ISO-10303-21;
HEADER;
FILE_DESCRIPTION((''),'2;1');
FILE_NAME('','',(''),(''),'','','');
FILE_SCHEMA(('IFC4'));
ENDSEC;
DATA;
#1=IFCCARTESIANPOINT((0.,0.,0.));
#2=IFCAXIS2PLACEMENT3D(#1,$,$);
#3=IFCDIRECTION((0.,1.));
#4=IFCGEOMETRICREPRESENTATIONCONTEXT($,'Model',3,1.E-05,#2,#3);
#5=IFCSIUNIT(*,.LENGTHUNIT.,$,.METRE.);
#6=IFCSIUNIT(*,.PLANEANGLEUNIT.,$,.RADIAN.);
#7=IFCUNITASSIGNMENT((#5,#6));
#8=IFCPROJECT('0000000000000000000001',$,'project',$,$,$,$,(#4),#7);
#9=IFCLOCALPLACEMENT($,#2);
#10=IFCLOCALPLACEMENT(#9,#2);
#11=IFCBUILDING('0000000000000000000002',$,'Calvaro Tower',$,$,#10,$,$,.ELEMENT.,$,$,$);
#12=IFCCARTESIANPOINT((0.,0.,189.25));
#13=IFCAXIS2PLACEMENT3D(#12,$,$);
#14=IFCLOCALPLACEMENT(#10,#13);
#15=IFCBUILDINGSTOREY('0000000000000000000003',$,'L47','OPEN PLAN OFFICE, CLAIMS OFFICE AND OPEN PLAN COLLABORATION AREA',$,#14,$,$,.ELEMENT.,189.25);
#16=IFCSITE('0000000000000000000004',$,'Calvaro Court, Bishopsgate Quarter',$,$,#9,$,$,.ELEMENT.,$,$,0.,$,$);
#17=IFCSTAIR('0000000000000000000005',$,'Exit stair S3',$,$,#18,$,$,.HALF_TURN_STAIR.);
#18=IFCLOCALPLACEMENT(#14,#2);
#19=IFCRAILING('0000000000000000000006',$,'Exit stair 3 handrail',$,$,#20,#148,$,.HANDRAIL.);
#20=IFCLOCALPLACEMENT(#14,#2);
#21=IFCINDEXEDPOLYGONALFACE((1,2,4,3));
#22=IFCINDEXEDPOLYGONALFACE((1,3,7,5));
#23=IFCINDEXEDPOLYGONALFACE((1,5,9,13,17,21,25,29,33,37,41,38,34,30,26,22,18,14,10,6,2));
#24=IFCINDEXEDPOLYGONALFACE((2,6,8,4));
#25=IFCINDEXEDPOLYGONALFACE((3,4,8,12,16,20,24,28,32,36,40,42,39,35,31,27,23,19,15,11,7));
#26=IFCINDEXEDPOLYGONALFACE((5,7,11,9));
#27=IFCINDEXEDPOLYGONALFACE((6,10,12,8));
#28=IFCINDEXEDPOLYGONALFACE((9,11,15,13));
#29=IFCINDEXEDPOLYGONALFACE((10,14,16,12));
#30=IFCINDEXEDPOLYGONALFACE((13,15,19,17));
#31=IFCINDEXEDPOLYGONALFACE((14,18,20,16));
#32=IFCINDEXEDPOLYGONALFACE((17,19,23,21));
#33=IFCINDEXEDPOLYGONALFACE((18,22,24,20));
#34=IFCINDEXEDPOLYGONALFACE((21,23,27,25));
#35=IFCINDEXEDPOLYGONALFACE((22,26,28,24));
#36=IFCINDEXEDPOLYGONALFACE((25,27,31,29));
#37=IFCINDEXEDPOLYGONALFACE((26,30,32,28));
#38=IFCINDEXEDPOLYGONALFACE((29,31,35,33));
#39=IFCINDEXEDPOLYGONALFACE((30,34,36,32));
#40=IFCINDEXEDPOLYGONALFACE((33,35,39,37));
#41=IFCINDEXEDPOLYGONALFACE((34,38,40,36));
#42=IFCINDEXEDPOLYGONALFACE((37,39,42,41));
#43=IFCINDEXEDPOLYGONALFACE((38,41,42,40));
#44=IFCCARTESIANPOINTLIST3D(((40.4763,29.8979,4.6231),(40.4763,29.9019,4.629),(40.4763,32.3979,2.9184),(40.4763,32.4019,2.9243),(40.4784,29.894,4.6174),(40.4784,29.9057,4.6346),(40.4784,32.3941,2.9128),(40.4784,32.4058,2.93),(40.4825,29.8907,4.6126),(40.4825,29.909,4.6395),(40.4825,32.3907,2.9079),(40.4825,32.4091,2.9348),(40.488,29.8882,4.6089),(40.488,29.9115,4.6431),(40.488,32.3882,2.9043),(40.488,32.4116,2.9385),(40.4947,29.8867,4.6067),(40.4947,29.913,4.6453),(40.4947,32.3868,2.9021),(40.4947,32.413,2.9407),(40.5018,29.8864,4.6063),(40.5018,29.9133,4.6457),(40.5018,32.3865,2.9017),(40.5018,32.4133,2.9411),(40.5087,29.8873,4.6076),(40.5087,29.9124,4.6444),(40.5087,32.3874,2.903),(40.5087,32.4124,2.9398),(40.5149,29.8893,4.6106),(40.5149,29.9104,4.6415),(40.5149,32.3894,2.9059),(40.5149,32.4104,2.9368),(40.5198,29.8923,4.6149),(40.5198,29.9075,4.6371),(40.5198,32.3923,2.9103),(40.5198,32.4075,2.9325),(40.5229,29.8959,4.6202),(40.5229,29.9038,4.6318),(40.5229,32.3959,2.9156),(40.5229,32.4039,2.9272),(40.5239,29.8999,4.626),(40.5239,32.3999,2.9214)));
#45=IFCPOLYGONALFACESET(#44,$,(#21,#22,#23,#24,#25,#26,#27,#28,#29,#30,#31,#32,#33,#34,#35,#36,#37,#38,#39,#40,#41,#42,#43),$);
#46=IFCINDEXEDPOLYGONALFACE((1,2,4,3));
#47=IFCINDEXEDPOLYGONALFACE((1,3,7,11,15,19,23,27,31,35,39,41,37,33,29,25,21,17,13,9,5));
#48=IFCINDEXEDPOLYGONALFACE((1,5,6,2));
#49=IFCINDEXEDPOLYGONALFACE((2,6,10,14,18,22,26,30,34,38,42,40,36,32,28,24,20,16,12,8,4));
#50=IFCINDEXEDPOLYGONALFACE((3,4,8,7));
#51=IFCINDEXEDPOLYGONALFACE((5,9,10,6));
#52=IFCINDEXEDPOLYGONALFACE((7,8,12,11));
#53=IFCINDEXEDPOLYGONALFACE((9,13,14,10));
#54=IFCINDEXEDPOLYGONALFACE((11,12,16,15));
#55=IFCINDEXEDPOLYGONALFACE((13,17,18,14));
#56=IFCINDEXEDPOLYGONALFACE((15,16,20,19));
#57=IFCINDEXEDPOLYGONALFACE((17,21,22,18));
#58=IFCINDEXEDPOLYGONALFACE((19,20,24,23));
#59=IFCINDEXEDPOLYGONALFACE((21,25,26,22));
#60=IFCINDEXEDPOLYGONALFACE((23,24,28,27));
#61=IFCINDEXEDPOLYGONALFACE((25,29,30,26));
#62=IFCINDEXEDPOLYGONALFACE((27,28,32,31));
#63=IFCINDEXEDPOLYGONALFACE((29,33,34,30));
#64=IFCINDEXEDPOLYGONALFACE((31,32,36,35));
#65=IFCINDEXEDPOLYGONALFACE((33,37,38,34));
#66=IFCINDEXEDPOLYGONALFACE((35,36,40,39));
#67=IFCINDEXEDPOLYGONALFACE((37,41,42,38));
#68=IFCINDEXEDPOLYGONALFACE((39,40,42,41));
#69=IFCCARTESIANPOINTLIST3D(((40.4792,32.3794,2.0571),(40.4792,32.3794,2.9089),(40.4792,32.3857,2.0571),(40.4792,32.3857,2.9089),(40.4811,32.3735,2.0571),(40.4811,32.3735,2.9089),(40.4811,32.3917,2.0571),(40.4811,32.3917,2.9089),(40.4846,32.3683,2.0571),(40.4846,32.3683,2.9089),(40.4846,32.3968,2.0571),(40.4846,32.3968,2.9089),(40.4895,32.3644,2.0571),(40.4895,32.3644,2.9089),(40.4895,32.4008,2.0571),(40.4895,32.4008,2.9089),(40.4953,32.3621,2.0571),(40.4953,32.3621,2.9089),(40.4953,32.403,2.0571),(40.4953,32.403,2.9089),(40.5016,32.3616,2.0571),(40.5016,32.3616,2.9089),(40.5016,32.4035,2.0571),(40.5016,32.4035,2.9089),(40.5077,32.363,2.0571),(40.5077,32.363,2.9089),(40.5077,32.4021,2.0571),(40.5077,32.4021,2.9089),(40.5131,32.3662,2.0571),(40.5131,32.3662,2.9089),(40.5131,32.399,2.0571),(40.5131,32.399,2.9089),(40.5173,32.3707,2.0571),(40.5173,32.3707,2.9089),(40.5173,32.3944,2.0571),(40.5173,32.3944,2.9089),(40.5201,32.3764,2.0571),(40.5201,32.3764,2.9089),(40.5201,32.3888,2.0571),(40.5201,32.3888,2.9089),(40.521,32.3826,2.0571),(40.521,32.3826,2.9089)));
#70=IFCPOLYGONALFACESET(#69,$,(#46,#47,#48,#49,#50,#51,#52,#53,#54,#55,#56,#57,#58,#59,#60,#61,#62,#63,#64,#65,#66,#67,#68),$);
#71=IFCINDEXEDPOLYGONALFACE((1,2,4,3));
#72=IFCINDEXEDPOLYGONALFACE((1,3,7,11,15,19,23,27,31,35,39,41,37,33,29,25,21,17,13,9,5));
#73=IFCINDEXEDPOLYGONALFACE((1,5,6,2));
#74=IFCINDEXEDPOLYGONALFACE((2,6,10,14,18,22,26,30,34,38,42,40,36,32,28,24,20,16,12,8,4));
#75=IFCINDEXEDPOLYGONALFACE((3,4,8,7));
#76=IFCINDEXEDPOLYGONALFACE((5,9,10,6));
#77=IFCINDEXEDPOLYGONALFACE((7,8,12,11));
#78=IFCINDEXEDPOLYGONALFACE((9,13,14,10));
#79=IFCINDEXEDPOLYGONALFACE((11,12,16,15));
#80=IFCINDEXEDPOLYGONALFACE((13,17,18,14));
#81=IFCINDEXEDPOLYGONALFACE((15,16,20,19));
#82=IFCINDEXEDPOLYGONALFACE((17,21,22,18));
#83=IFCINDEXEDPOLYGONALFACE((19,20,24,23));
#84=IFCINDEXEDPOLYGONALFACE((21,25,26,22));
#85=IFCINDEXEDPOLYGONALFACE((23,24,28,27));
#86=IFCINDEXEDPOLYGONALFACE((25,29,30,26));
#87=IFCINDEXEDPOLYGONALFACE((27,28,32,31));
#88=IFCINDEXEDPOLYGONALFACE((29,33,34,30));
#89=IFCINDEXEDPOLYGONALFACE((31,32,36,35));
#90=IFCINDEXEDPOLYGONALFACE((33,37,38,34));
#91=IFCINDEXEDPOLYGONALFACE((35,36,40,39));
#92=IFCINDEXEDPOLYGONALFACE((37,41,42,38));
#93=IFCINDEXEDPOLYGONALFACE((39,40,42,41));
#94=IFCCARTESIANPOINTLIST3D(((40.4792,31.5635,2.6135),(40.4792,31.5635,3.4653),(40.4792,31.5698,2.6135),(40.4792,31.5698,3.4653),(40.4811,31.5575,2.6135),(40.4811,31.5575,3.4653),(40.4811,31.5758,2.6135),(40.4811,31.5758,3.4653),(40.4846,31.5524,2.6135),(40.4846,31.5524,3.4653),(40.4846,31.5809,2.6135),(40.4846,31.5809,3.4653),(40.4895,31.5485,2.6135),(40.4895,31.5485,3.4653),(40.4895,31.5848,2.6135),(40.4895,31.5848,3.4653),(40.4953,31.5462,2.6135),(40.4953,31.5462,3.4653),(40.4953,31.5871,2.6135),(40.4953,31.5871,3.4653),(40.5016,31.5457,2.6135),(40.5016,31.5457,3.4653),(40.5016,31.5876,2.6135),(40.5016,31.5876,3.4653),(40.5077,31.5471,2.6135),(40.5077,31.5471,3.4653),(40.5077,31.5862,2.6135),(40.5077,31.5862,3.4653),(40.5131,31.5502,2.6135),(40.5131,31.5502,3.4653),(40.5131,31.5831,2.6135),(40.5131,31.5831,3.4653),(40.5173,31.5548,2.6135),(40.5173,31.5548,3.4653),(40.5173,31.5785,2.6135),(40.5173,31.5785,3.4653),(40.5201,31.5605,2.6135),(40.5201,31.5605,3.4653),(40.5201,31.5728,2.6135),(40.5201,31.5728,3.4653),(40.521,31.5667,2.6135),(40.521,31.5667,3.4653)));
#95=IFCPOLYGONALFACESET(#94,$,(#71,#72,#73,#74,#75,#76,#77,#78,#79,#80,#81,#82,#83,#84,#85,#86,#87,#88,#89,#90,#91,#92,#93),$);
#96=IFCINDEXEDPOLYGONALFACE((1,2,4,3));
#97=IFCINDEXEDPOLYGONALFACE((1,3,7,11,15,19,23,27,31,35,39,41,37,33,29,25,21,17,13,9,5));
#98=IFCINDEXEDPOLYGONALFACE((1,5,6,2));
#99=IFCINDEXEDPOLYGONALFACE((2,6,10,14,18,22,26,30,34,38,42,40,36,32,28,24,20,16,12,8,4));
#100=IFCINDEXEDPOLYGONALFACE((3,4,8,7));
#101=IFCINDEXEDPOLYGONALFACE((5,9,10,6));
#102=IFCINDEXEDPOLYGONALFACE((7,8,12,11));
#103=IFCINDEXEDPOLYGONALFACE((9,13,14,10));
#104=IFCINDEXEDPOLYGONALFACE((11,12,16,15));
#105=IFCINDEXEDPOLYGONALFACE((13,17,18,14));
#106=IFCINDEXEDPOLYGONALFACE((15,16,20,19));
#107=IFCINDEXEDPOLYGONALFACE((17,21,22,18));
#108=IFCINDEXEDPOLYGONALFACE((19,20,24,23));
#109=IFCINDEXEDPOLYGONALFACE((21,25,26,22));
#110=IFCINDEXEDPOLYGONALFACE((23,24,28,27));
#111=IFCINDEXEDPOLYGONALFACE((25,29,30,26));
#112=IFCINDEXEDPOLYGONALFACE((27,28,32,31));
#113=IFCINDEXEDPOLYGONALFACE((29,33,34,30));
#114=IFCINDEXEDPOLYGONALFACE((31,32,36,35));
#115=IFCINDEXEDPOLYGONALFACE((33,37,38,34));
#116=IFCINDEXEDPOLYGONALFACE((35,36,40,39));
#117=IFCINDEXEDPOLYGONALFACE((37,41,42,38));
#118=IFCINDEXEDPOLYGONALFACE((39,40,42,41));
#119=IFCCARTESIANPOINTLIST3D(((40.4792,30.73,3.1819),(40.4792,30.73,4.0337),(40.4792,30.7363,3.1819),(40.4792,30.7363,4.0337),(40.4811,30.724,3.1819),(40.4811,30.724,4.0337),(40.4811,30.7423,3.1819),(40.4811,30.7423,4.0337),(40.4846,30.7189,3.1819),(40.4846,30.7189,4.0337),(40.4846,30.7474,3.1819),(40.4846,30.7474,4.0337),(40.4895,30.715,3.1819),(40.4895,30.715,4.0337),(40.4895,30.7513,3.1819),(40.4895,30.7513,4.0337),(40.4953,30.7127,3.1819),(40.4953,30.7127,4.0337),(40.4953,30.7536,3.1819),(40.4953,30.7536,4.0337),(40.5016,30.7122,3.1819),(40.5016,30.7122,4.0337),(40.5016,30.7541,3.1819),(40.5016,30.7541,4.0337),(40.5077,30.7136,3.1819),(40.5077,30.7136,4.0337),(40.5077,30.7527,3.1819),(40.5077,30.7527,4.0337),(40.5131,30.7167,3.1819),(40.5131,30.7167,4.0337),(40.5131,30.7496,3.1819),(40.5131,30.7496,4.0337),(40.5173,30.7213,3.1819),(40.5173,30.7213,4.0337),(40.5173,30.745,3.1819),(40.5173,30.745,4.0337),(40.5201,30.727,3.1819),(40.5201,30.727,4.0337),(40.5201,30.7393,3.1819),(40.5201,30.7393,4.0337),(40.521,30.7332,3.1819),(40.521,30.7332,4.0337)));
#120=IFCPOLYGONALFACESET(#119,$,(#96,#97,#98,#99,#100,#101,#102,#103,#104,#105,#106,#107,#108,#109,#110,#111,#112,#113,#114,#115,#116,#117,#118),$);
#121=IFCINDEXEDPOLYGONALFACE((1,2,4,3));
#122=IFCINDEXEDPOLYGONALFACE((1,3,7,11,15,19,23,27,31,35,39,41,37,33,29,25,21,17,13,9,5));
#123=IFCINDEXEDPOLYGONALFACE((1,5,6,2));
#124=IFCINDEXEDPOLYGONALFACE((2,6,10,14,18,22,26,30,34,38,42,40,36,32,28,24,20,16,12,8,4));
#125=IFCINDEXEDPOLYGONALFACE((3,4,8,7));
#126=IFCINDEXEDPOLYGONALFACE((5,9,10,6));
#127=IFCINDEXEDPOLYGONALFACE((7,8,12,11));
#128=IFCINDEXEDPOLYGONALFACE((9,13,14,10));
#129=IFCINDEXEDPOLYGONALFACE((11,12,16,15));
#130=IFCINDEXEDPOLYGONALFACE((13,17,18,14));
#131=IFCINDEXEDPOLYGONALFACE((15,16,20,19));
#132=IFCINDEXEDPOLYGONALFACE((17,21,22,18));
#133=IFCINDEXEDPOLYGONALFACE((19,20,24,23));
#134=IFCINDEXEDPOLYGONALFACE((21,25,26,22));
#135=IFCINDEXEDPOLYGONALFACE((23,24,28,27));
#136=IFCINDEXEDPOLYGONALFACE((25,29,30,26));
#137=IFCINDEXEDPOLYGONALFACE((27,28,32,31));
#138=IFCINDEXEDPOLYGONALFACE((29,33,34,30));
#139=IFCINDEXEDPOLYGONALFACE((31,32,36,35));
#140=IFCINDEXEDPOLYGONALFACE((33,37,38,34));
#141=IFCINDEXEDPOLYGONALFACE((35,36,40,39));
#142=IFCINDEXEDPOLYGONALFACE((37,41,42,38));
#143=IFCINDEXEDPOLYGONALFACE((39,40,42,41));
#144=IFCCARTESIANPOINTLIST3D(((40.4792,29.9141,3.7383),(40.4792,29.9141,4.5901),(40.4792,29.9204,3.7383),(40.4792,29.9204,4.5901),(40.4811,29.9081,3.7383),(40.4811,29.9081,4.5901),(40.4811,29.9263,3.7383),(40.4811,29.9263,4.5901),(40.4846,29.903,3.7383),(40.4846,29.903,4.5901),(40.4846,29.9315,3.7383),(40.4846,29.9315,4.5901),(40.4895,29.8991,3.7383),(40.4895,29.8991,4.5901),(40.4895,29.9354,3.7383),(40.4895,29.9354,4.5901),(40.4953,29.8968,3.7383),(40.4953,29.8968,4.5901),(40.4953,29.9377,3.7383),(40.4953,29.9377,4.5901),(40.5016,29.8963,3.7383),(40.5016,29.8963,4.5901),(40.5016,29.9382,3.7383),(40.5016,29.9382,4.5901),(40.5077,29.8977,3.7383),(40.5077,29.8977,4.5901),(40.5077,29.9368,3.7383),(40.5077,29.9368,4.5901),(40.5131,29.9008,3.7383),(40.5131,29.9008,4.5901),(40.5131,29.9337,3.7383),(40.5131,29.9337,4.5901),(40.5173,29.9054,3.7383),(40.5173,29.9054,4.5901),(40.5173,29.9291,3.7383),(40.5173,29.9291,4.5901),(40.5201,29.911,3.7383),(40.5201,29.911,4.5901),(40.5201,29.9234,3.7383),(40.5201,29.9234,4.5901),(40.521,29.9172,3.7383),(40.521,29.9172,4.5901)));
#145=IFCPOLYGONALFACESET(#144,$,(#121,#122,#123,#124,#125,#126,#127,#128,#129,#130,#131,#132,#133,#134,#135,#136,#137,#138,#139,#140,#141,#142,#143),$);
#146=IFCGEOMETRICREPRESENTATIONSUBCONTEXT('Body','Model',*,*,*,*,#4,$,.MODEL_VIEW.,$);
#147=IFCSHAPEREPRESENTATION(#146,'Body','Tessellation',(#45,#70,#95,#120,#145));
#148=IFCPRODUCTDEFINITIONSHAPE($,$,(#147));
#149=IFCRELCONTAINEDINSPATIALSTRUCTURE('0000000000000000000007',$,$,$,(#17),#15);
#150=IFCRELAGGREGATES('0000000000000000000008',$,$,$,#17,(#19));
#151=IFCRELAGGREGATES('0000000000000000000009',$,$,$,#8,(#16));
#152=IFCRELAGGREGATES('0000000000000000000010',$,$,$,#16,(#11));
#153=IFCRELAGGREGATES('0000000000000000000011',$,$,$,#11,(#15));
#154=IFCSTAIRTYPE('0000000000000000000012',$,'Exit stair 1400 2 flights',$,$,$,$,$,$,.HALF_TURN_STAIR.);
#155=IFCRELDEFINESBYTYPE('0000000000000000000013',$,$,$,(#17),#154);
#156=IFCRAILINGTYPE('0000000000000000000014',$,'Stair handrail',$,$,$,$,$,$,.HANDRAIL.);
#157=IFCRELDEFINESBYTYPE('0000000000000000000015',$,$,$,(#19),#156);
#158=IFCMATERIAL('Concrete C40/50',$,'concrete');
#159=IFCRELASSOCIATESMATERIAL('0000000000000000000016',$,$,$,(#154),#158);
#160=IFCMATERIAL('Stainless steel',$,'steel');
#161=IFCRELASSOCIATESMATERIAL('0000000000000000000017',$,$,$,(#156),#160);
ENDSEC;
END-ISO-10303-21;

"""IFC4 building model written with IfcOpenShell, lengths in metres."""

from ifc_helpers import new_model, si_unit, direction, frame, origin, origin_2d, place, context, subcontext, project, spatial, circle, extrude, material, type_object, element, aggregate, save


model = new_model("IFC4")

# Units and contexts
model_context = context("Model", 3, precision=1e-05, world=origin(), true_north=direction((0.0, 1.0)))
body_context = subcontext(model_context, "Body", "Model", "MODEL_VIEW")
ifc_project = project(units=[si_unit("LENGTHUNIT", "METRE"), si_unit("PLANEANGLEUNIT", "RADIAN")], contexts=[model_context])

# Site, building, storey
site_placement = place(None, origin())
site = spatial("IfcSite", under=ifc_project, at=site_placement, Name="Calvaro Court, Bishopsgate Quarter", CompositionType="ELEMENT", RefElevation=0.0)
building_placement = place(site_placement, origin())
building = spatial("IfcBuilding", under=site, at=building_placement, Name="Calvaro Tower", CompositionType="ELEMENT")
storey_placement = place(building_placement, frame((0.0, 0.0, 189.25)))
storey = spatial("IfcBuildingStorey", under=building, at=storey_placement, Name="L47", Description="OPEN PLAN OFFICE, CLAIMS OFFICE AND OPEN PLAN COLLABORATION AREA", CompositionType="ELEMENT", Elevation=189.25)

# Stair
ifc_material_1 = material(Name="Concrete C40/50", Category="concrete")
stair_type = type_object("IfcStairType", Name="Exit stair 1400 2 flights", PredefinedType="HALF_TURN_STAIR", material=ifc_material_1)
stair_1_placement = place(storey_placement, origin())
stair_1 = element("IfcStair", 1, at=stair_1_placement, inside=storey, type_object=stair_type, Name="Exit stair S3", PredefinedType="HALF_TURN_STAIR")

# Railing
ifc_material_2 = material(Name="Stainless steel", Category="steel")
railing_type = type_object("IfcRailingType", Name="Stair handrail", PredefinedType="HANDRAIL", material=ifc_material_2)
railing_1_placement = place(storey_placement, frame((40.5, 32.3999, 2.0454)))
railing_1 = element("IfcRailing", 2, at=railing_1_placement, type_object=railing_type, Name="Exit stair 3 handrail", PredefinedType="HANDRAIL", context=body_context, shape_type="SweptSolid", body=[
    extrude(circle(Radius=0.0239, at=origin_2d()), frame((0.0, 0.0, 0.876), z_axis=(0.0, -0.826221, 0.563347), x_axis=(1.0, 0.0, 0.0)), (0.0, 0.0, 1.0), 3.0259),
    extrude(circle(Radius=0.021, at=origin_2d()), frame((0.0, -0.0173, 0.0117)), (0.0, 0.0, 1.0), 0.8518),
    extrude(circle(Radius=0.021, at=origin_2d()), frame((0.0, -0.8333, 0.5681)), (0.0, 0.0, 1.0), 0.8518),
    extrude(circle(Radius=0.021, at=origin_2d()), frame((0.0, -1.6667, 1.1365)), (0.0, 0.0, 1.0), 0.8518),
    extrude(circle(Radius=0.021, at=origin_2d()), frame((0.0, -2.4827, 1.6929)), (0.0, 0.0, 1.0), 0.8518),
])
aggregate(stair_1, [railing_1])

save(model, "model.ifc")
